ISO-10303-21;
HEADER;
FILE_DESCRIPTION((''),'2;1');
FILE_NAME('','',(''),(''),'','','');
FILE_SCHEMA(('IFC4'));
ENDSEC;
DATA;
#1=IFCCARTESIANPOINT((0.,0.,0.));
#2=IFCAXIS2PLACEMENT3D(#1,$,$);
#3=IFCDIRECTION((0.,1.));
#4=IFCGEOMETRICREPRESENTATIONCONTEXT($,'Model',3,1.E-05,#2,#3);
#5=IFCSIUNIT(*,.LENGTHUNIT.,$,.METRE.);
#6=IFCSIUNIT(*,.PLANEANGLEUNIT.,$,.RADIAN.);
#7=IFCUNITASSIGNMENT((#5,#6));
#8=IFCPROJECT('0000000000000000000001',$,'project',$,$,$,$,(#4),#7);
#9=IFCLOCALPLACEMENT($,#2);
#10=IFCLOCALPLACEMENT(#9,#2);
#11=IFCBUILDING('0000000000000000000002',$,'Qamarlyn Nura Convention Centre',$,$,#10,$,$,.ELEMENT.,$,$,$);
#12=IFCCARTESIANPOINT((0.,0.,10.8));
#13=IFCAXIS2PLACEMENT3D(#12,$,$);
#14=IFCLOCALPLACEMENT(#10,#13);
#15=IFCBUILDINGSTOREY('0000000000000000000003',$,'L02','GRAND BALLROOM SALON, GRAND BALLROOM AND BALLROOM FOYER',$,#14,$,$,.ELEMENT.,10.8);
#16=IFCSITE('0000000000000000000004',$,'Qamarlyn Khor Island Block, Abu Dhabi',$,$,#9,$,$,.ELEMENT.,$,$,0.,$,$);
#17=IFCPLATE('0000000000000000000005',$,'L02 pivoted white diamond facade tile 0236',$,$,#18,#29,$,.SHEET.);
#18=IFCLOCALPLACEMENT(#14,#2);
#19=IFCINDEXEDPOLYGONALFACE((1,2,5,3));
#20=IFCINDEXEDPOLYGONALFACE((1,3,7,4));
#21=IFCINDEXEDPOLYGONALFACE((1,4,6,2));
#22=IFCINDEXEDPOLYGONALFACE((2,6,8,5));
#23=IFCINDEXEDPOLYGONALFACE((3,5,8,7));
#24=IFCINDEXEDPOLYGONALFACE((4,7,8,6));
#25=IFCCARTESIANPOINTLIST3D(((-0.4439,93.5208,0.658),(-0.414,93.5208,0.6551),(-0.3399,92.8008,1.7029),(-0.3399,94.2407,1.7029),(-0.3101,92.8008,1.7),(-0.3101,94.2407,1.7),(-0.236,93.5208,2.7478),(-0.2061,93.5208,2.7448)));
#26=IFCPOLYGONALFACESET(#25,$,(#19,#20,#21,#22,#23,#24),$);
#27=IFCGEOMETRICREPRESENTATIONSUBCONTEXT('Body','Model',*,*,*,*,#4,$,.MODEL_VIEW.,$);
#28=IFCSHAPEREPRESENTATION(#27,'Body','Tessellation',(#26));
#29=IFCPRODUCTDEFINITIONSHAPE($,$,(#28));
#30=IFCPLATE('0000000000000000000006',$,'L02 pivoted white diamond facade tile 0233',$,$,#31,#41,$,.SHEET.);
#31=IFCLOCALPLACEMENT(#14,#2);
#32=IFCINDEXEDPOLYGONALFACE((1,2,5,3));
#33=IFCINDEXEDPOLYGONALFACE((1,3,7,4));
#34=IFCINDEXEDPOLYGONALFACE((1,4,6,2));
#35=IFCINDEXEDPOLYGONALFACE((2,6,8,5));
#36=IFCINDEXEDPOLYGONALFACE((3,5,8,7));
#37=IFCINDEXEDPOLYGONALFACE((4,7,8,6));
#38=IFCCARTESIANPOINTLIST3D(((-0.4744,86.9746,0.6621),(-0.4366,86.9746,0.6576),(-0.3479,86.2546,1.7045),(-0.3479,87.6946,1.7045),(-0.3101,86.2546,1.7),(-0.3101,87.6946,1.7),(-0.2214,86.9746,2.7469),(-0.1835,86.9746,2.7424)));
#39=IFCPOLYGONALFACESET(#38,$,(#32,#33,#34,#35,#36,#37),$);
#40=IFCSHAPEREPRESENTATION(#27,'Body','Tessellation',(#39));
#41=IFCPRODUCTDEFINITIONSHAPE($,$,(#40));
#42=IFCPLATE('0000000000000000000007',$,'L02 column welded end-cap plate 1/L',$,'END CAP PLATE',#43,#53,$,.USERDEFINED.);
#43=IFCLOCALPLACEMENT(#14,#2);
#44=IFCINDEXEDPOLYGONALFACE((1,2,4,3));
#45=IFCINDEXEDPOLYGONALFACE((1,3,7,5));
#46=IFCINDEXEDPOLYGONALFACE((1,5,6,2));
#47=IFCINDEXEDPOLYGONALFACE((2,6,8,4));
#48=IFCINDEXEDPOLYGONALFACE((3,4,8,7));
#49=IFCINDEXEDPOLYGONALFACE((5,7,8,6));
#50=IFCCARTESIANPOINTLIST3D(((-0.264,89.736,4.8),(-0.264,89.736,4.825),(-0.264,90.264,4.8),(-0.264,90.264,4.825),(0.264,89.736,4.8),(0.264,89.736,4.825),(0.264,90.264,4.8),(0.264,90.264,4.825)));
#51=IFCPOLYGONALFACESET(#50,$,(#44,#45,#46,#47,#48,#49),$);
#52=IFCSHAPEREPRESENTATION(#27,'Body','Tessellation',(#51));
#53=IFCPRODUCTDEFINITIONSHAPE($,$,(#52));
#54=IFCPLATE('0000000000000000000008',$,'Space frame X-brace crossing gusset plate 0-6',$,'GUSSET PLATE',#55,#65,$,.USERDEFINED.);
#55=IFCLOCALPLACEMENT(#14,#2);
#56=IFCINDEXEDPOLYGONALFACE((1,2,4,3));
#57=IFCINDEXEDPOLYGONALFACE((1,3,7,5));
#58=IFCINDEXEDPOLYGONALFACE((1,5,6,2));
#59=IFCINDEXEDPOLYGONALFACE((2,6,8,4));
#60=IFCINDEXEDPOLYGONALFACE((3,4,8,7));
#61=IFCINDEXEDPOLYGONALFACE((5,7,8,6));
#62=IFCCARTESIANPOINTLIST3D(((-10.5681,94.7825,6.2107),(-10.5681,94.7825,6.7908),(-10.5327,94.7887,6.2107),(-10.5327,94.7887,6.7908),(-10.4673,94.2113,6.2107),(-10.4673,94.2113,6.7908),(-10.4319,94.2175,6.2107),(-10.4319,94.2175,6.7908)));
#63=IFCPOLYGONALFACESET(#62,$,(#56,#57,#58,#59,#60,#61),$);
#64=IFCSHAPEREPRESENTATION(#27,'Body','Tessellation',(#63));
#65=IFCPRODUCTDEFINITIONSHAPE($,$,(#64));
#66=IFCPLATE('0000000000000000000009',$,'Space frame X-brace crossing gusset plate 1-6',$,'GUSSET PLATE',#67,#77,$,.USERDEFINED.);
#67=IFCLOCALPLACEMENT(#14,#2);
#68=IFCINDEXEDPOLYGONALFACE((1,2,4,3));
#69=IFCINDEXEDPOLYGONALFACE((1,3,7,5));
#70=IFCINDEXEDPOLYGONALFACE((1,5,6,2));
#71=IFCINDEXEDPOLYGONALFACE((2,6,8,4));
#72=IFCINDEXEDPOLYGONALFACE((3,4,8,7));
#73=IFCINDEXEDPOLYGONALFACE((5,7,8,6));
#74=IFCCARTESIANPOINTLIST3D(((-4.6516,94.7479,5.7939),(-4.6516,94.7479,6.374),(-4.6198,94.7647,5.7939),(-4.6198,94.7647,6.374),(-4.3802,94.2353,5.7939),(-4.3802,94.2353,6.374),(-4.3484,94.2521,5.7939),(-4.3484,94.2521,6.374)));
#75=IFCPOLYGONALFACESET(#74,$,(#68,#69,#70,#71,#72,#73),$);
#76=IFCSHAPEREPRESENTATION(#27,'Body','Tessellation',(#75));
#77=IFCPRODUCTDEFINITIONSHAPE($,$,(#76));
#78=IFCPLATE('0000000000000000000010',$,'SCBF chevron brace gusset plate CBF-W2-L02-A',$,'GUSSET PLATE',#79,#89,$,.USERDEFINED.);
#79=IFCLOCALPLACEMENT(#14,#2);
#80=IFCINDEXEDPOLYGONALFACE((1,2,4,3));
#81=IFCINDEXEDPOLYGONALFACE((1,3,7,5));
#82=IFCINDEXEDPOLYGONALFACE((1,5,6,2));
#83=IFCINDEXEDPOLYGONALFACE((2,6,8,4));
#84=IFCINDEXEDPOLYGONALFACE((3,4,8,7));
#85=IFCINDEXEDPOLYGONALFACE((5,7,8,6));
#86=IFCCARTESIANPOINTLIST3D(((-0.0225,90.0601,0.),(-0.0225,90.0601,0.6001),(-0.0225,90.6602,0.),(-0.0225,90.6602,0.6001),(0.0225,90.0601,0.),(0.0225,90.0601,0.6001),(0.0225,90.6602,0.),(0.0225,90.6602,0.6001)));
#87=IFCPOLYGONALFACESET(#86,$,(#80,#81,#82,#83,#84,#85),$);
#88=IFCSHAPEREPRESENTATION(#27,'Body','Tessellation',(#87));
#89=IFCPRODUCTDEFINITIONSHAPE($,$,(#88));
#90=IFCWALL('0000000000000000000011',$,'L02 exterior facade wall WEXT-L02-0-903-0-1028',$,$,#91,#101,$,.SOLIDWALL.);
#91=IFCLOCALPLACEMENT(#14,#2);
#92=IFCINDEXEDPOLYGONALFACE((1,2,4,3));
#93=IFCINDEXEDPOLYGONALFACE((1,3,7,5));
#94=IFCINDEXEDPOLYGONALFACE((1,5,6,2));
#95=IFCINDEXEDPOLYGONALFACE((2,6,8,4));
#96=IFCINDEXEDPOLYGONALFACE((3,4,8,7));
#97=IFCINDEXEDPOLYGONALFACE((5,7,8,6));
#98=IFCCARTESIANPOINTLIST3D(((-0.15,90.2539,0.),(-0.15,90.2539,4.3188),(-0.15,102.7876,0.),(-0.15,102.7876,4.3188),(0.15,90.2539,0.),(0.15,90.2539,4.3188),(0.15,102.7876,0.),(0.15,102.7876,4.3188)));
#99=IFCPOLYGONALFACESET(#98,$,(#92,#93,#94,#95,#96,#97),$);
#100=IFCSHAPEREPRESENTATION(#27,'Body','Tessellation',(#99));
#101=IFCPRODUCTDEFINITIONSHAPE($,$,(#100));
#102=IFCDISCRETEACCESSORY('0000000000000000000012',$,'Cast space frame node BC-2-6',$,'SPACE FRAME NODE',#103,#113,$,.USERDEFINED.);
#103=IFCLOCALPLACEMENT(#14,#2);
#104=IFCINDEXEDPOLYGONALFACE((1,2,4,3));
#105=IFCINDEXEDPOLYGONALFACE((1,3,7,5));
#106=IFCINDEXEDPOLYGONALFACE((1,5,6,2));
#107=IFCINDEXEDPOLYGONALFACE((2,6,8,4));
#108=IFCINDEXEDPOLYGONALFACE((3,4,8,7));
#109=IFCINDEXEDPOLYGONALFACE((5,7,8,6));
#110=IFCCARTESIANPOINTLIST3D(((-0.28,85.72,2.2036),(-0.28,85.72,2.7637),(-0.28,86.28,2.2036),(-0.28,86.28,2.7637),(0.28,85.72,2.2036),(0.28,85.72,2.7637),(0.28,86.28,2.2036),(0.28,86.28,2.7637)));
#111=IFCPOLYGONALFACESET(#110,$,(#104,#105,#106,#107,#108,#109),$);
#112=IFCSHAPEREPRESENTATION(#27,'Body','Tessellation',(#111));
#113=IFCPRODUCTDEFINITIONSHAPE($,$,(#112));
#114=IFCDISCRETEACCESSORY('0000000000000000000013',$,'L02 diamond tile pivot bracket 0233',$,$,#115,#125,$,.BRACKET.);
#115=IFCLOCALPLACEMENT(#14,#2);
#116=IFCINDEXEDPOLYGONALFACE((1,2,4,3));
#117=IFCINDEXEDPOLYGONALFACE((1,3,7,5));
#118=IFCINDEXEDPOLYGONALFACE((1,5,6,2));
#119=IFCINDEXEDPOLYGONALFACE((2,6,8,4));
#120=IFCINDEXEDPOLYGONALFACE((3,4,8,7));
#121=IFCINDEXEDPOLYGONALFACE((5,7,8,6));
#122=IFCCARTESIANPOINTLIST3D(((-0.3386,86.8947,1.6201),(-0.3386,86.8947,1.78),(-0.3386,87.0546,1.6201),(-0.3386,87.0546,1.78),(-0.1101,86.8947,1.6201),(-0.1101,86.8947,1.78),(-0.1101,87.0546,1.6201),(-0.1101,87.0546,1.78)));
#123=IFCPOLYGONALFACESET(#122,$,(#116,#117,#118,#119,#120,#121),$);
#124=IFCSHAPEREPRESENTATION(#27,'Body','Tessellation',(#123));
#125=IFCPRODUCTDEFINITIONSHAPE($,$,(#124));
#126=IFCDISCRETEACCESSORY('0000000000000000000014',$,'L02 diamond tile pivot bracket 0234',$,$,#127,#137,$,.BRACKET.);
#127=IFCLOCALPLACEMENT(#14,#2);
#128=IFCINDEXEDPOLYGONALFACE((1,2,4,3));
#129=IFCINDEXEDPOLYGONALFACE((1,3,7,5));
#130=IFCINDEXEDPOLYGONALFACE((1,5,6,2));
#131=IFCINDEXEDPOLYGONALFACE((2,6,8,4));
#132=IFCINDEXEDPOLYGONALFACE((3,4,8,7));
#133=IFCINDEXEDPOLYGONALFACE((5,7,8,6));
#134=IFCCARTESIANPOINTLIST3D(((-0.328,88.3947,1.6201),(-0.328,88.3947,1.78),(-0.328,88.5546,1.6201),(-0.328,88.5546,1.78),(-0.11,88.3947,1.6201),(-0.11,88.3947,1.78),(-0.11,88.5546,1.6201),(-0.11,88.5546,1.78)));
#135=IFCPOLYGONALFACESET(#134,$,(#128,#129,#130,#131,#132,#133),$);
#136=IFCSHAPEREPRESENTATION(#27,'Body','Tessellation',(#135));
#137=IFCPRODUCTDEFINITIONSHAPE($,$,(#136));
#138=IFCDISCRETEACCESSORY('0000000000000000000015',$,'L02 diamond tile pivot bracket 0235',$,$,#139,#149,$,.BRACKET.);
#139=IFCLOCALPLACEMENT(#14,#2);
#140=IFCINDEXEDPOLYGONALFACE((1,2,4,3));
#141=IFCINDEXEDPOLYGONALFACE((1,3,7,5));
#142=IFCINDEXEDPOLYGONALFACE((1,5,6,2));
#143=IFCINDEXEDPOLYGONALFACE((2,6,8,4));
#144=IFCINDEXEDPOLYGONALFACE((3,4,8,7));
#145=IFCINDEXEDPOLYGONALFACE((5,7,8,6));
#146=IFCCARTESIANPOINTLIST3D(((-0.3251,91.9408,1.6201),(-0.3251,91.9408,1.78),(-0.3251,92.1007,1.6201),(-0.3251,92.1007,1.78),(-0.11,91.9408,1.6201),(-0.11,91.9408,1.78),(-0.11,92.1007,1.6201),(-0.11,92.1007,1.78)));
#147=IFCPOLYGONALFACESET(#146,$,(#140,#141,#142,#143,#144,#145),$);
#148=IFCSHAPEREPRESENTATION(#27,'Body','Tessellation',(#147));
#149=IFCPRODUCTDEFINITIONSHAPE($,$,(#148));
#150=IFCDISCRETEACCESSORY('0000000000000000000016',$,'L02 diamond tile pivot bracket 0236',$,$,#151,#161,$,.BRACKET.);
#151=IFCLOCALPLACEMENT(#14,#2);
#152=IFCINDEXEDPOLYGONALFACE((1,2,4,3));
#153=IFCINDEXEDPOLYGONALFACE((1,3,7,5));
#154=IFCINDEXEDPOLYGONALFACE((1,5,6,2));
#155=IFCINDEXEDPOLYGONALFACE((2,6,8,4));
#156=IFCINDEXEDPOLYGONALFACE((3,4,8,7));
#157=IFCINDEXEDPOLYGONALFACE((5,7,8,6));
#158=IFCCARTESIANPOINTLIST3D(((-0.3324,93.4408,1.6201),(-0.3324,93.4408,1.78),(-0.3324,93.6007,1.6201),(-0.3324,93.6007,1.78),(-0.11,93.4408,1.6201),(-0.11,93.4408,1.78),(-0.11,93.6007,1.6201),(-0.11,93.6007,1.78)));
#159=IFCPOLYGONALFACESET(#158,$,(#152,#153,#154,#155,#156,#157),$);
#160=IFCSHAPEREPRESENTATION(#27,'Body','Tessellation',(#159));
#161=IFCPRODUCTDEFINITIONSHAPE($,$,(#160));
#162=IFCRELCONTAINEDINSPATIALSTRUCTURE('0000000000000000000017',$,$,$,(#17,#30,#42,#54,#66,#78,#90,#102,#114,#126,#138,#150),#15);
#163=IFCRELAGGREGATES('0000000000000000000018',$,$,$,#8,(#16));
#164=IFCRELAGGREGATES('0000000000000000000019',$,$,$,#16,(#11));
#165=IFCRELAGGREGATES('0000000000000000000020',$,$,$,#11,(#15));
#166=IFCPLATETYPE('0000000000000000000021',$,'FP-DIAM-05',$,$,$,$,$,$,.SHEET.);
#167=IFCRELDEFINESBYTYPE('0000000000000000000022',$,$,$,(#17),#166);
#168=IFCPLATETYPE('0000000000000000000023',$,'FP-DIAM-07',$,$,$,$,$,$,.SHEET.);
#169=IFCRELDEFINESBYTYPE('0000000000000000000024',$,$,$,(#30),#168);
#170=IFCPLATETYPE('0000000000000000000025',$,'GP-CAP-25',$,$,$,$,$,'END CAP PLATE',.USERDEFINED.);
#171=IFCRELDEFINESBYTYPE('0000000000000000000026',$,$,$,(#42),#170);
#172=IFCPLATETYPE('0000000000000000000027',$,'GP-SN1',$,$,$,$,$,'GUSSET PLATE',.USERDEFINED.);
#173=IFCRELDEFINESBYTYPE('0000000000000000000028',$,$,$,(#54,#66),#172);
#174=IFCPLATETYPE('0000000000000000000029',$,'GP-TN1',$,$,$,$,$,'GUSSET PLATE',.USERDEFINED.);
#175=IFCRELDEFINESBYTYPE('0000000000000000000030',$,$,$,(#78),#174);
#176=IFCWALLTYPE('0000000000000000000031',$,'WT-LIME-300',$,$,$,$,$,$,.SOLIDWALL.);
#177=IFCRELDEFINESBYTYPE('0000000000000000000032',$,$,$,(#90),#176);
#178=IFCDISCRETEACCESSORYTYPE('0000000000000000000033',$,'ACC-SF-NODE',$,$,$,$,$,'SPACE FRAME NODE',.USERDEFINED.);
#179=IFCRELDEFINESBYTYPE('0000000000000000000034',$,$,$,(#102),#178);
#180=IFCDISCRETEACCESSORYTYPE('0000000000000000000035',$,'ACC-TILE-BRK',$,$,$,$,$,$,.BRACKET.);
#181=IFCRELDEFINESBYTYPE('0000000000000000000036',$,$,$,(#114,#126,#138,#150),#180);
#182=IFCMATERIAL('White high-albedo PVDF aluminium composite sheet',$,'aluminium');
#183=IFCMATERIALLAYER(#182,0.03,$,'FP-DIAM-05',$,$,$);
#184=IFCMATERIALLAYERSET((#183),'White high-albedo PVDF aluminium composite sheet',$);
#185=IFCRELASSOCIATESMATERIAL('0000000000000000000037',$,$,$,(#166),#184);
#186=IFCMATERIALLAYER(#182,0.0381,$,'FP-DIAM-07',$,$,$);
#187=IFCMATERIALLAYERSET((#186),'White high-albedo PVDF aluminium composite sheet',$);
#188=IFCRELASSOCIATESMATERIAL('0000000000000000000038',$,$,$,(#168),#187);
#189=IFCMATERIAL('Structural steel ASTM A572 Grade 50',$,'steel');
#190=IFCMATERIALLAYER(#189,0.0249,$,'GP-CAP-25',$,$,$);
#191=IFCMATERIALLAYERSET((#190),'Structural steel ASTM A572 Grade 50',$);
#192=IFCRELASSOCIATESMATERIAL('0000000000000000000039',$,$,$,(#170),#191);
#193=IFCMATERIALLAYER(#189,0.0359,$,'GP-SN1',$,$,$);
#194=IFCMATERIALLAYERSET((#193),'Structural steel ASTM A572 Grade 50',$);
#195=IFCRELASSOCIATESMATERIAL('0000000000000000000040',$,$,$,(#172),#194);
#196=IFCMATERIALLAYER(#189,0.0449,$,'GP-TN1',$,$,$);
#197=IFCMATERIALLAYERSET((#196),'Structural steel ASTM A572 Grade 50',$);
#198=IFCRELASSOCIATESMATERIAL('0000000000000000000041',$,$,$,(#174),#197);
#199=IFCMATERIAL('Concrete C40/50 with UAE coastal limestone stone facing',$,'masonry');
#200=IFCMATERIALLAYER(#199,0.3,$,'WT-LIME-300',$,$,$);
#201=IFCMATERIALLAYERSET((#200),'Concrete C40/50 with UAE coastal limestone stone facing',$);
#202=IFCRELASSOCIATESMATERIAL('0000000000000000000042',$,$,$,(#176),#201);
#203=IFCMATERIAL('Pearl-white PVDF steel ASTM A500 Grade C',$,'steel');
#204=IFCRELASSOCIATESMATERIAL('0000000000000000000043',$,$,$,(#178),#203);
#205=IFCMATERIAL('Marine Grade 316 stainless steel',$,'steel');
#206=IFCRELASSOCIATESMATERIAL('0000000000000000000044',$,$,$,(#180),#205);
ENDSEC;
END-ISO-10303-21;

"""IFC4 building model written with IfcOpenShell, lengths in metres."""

from ifc_helpers import new_model, si_unit, direction, frame, frame_2d, origin, origin_2d, place, context, subcontext, project, spatial, polyline, rectangle, outline, extrude, material, layer, layer_set, type_object, element, save


model = new_model("IFC4")

# Units and contexts
model_context = context("Model", 3, precision=1e-05, world=origin(), true_north=direction((0.0, 1.0)))
body_context = subcontext(model_context, "Body", "Model", "MODEL_VIEW")
ifc_project = project(units=[si_unit("LENGTHUNIT", "METRE"), si_unit("PLANEANGLEUNIT", "RADIAN")], contexts=[model_context])

# Site, building, storey
site_placement = place(None, origin())
site = spatial("IfcSite", under=ifc_project, at=site_placement, Name="Qamarlyn Khor Island Block, Abu Dhabi", CompositionType="ELEMENT", RefElevation=0.0)
building_placement = place(site_placement, origin())
building = spatial("IfcBuilding", under=site, at=building_placement, Name="Qamarlyn Nura Convention Centre", CompositionType="ELEMENT")
storey_placement = place(building_placement, frame((0.0, 0.0, 10.8)))
storey = spatial("IfcBuildingStorey", under=building, at=storey_placement, Name="L02", Description="GRAND BALLROOM SALON, GRAND BALLROOM AND BALLROOM FOYER", CompositionType="ELEMENT", Elevation=10.8)

# Shared definitions
ifc_material_1 = material(Name="Pearl-white PVDF steel ASTM A500 Grade C", Category="steel")

# Plates
ifc_material_2 = material(Name="White high-albedo PVDF aluminium composite sheet", Category="aluminium")
ifc_layer_1 = layer(ifc_material_2, 0.03, Name="FP-DIAM-05")
ifc_layer_set_1 = layer_set([ifc_layer_1], Name="White high-albedo PVDF aluminium composite sheet")
plate_type_1 = type_object("IfcPlateType", Name="FP-DIAM-05", PredefinedType="SHEET", material=ifc_layer_set_1)
plate_1_placement = place(storey_placement, frame((-0.3101, 93.5208, 1.7), z_axis=(-0.99509, 0.0, 0.098972), x_axis=(0.0, -1.0, 0.0)))
element("IfcPlate", 1, at=plate_1_placement, inside=storey, type_object=plate_type_1, Name="L02 pivoted white diamond facade tile 0236", PredefinedType="SHEET", context=body_context, shape_type="SweptSolid", body=[
    extrude(outline(polyline([(-0.72, 0.0), (0.0, -1.05), (0.72, 0.0), (0.0, 1.05), (-0.72, 0.0)])), origin(), (0.0, 0.0, 1.0), 0.03),
])
ifc_layer_2 = layer(ifc_material_2, 0.0381, Name="FP-DIAM-07")
ifc_layer_set_2 = layer_set([ifc_layer_2], Name="White high-albedo PVDF aluminium composite sheet")
plate_type_2 = type_object("IfcPlateType", Name="FP-DIAM-07", PredefinedType="SHEET", material=ifc_layer_set_2)
plate_2_placement = place(storey_placement, frame((-0.3101, 86.9746, 1.7), z_axis=(-0.992715, 0.0, 0.120483), x_axis=(0.0, -1.0, 0.0)))
element("IfcPlate", 2, at=plate_2_placement, inside=storey, type_object=plate_type_2, Name="L02 pivoted white diamond facade tile 0233", PredefinedType="SHEET", context=body_context, shape_type="SweptSolid", body=[
    extrude(outline(polyline([(-0.72, 0.0), (0.0, -1.05), (0.72, 0.0), (0.0, 1.05), (-0.72, 0.0)])), origin(), (0.0, 0.0, 1.0), 0.0381),
])
ifc_material_3 = material(Name="Structural steel ASTM A572 Grade 50", Category="steel")
ifc_layer_3 = layer(ifc_material_3, 0.0249, Name="GP-CAP-25")
ifc_layer_set_3 = layer_set([ifc_layer_3], Name="Structural steel ASTM A572 Grade 50")
plate_type_3 = type_object("IfcPlateType", Name="GP-CAP-25", ElementType="END CAP PLATE", PredefinedType="USERDEFINED", material=ifc_layer_set_3)
plate_3_placement = place(storey_placement, frame((0.0, 90.0, 4.8), z_axis=(0.0, 0.0, 1.0), x_axis=(1.0, 0.0, 0.0)))
element("IfcPlate", 3, at=plate_3_placement, inside=storey, type_object=plate_type_3, Name="L02 column welded end-cap plate 1/L", ObjectType="END CAP PLATE", PredefinedType="USERDEFINED", context=body_context, shape_type="SweptSolid", body=[
    extrude(rectangle(XDim=0.5281, YDim=0.5281, at=origin_2d()), origin(), (0.0, 0.0, 1.0), 0.0249),
])
ifc_layer_4 = layer(ifc_material_3, 0.0359, Name="GP-SN1")
ifc_layer_set_4 = layer_set([ifc_layer_4], Name="Structural steel ASTM A572 Grade 50")
plate_type_4 = type_object("IfcPlateType", Name="GP-SN1", ElementType="GUSSET PLATE", PredefinedType="USERDEFINED", material=ifc_layer_set_4)
for number, where, z_axis, x_axis, name in (
    (4, (-10.5, 94.5, 6.2107), (0.0, 0.0, 1.0), (-0.173786, 0.984783, 0.0), "Space frame X-brace crossing gusset plate 0-6"),
    (5, (-4.5, 94.5, 5.7939), (0.0, 0.0, 1.0), (-0.467888, 0.883788, 0.0), "Space frame X-brace crossing gusset plate 1-6"),
):
    element("IfcPlate", number, at=place(storey_placement, frame(where, z_axis=z_axis, x_axis=x_axis)), inside=storey, type_object=plate_type_4, Name=name, ObjectType="GUSSET PLATE", PredefinedType="USERDEFINED", context=body_context, shape_type="SweptSolid", body=[
        extrude(rectangle(XDim=0.5801, YDim=0.0359, at=origin_2d()), origin(), (0.0, 0.0, 1.0), 0.5801),
    ])
ifc_layer_5 = layer(ifc_material_3, 0.0449, Name="GP-TN1")
ifc_layer_set_5 = layer_set([ifc_layer_5], Name="Structural steel ASTM A572 Grade 50")
plate_type_5 = type_object("IfcPlateType", Name="GP-TN1", ElementType="GUSSET PLATE", PredefinedType="USERDEFINED", material=ifc_layer_set_5)
plate_4_placement = place(storey_placement, frame((0.0, 90.3601, 0.0), z_axis=(0.0, 0.0, 1.0), x_axis=(0.0, 1.0, 0.0)))
element("IfcPlate", 6, at=plate_4_placement, inside=storey, type_object=plate_type_5, Name="SCBF chevron brace gusset plate CBF-W2-L02-A", ObjectType="GUSSET PLATE", PredefinedType="USERDEFINED", context=body_context, shape_type="SweptSolid", body=[
    extrude(rectangle(XDim=0.6001, YDim=0.0449, at=origin_2d()), origin(), (0.0, 0.0, 1.0), 0.6001),
])

# Wall
ifc_material_4 = material(Name="Concrete C40/50 with UAE coastal limestone stone facing", Category="masonry")
ifc_layer_6 = layer(ifc_material_4, 0.3, Name="WT-LIME-300")
ifc_layer_set_6 = layer_set([ifc_layer_6], Name="Concrete C40/50 with UAE coastal limestone stone facing")
wall_type = type_object("IfcWallType", Name="WT-LIME-300", PredefinedType="SOLIDWALL", material=ifc_layer_set_6)
wall_placement = place(storey_placement, frame((0.0, 90.2539, 0.0), z_axis=(0.0, 0.0, 1.0), x_axis=(0.0, 1.0, 0.0)))
element("IfcWall", 7, at=wall_placement, inside=storey, type_object=wall_type, Name="L02 exterior facade wall WEXT-L02-0-903-0-1028", PredefinedType="SOLIDWALL", context=body_context, shape_type="SweptSolid", body=[
    extrude(rectangle(XDim=12.5337, YDim=0.3, at=frame_2d((6.2668, 0.0))), origin(), (0.0, 0.0, 1.0), 4.3188),
])

# Discrete accessories
discrete_accessory_type_1 = type_object("IfcDiscreteAccessoryType", Name="ACC-SF-NODE", ElementType="SPACE FRAME NODE", PredefinedType="USERDEFINED", material=ifc_material_1)
discrete_accessory_1_placement = place(storey_placement, frame((0.0, 86.0, 2.2036), z_axis=(0.0, 0.0, 1.0), x_axis=(1.0, 0.0, 0.0)))
element("IfcDiscreteAccessory", 8, at=discrete_accessory_1_placement, inside=storey, type_object=discrete_accessory_type_1, Name="Cast space frame node BC-2-6", ObjectType="SPACE FRAME NODE", PredefinedType="USERDEFINED", context=body_context, shape_type="SweptSolid", body=[
    extrude(rectangle(XDim=0.5601, YDim=0.5601, at=origin_2d()), origin(), (0.0, 0.0, 1.0), 0.5601),
])
ifc_material_5 = material(Name="Marine Grade 316 stainless steel", Category="steel")
discrete_accessory_type_2 = type_object("IfcDiscreteAccessoryType", Name="ACC-TILE-BRK", PredefinedType="BRACKET", material=ifc_material_5)
discrete_accessory_2_placement = place(storey_placement, frame((-0.2244, 86.9746, 1.6201), z_axis=(0.0, 0.0, 1.0), x_axis=(-1.0, 0.0, 0.0)))
element("IfcDiscreteAccessory", 9, at=discrete_accessory_2_placement, inside=storey, type_object=discrete_accessory_type_2, Name="L02 diamond tile pivot bracket 0233", PredefinedType="BRACKET", context=body_context, shape_type="SweptSolid", body=[
    extrude(rectangle(XDim=0.2285, YDim=0.1599, at=origin_2d()), origin(), (0.0, 0.0, 1.0), 0.1599),
])
discrete_accessory_3_placement = place(storey_placement, frame((-0.219, 88.4746, 1.6201), z_axis=(0.0, 0.0, 1.0), x_axis=(-1.0, 0.0, 0.0)))
element("IfcDiscreteAccessory", 10, at=discrete_accessory_3_placement, inside=storey, type_object=discrete_accessory_type_2, Name="L02 diamond tile pivot bracket 0234", PredefinedType="BRACKET", context=body_context, shape_type="SweptSolid", body=[
    extrude(rectangle(XDim=0.218, YDim=0.1599, at=origin_2d()), origin(), (0.0, 0.0, 1.0), 0.1599),
])
discrete_accessory_4_placement = place(storey_placement, frame((-0.2175, 92.0208, 1.6201), z_axis=(0.0, 0.0, 1.0), x_axis=(-1.0, 0.0, 0.0)))
element("IfcDiscreteAccessory", 11, at=discrete_accessory_4_placement, inside=storey, type_object=discrete_accessory_type_2, Name="L02 diamond tile pivot bracket 0235", PredefinedType="BRACKET", context=body_context, shape_type="SweptSolid", body=[
    extrude(rectangle(XDim=0.2151, YDim=0.1599, at=origin_2d()), origin(), (0.0, 0.0, 1.0), 0.1599),
])
discrete_accessory_5_placement = place(storey_placement, frame((-0.2212, 93.5208, 1.6201), z_axis=(0.0, 0.0, 1.0), x_axis=(-1.0, 0.0, 0.0)))
element("IfcDiscreteAccessory", 12, at=discrete_accessory_5_placement, inside=storey, type_object=discrete_accessory_type_2, Name="L02 diamond tile pivot bracket 0236", PredefinedType="BRACKET", context=body_context, shape_type="SweptSolid", body=[
    extrude(rectangle(XDim=0.2224, YDim=0.1599, at=origin_2d()), origin(), (0.0, 0.0, 1.0), 0.1599),
])

save(model, "model.ifc")
